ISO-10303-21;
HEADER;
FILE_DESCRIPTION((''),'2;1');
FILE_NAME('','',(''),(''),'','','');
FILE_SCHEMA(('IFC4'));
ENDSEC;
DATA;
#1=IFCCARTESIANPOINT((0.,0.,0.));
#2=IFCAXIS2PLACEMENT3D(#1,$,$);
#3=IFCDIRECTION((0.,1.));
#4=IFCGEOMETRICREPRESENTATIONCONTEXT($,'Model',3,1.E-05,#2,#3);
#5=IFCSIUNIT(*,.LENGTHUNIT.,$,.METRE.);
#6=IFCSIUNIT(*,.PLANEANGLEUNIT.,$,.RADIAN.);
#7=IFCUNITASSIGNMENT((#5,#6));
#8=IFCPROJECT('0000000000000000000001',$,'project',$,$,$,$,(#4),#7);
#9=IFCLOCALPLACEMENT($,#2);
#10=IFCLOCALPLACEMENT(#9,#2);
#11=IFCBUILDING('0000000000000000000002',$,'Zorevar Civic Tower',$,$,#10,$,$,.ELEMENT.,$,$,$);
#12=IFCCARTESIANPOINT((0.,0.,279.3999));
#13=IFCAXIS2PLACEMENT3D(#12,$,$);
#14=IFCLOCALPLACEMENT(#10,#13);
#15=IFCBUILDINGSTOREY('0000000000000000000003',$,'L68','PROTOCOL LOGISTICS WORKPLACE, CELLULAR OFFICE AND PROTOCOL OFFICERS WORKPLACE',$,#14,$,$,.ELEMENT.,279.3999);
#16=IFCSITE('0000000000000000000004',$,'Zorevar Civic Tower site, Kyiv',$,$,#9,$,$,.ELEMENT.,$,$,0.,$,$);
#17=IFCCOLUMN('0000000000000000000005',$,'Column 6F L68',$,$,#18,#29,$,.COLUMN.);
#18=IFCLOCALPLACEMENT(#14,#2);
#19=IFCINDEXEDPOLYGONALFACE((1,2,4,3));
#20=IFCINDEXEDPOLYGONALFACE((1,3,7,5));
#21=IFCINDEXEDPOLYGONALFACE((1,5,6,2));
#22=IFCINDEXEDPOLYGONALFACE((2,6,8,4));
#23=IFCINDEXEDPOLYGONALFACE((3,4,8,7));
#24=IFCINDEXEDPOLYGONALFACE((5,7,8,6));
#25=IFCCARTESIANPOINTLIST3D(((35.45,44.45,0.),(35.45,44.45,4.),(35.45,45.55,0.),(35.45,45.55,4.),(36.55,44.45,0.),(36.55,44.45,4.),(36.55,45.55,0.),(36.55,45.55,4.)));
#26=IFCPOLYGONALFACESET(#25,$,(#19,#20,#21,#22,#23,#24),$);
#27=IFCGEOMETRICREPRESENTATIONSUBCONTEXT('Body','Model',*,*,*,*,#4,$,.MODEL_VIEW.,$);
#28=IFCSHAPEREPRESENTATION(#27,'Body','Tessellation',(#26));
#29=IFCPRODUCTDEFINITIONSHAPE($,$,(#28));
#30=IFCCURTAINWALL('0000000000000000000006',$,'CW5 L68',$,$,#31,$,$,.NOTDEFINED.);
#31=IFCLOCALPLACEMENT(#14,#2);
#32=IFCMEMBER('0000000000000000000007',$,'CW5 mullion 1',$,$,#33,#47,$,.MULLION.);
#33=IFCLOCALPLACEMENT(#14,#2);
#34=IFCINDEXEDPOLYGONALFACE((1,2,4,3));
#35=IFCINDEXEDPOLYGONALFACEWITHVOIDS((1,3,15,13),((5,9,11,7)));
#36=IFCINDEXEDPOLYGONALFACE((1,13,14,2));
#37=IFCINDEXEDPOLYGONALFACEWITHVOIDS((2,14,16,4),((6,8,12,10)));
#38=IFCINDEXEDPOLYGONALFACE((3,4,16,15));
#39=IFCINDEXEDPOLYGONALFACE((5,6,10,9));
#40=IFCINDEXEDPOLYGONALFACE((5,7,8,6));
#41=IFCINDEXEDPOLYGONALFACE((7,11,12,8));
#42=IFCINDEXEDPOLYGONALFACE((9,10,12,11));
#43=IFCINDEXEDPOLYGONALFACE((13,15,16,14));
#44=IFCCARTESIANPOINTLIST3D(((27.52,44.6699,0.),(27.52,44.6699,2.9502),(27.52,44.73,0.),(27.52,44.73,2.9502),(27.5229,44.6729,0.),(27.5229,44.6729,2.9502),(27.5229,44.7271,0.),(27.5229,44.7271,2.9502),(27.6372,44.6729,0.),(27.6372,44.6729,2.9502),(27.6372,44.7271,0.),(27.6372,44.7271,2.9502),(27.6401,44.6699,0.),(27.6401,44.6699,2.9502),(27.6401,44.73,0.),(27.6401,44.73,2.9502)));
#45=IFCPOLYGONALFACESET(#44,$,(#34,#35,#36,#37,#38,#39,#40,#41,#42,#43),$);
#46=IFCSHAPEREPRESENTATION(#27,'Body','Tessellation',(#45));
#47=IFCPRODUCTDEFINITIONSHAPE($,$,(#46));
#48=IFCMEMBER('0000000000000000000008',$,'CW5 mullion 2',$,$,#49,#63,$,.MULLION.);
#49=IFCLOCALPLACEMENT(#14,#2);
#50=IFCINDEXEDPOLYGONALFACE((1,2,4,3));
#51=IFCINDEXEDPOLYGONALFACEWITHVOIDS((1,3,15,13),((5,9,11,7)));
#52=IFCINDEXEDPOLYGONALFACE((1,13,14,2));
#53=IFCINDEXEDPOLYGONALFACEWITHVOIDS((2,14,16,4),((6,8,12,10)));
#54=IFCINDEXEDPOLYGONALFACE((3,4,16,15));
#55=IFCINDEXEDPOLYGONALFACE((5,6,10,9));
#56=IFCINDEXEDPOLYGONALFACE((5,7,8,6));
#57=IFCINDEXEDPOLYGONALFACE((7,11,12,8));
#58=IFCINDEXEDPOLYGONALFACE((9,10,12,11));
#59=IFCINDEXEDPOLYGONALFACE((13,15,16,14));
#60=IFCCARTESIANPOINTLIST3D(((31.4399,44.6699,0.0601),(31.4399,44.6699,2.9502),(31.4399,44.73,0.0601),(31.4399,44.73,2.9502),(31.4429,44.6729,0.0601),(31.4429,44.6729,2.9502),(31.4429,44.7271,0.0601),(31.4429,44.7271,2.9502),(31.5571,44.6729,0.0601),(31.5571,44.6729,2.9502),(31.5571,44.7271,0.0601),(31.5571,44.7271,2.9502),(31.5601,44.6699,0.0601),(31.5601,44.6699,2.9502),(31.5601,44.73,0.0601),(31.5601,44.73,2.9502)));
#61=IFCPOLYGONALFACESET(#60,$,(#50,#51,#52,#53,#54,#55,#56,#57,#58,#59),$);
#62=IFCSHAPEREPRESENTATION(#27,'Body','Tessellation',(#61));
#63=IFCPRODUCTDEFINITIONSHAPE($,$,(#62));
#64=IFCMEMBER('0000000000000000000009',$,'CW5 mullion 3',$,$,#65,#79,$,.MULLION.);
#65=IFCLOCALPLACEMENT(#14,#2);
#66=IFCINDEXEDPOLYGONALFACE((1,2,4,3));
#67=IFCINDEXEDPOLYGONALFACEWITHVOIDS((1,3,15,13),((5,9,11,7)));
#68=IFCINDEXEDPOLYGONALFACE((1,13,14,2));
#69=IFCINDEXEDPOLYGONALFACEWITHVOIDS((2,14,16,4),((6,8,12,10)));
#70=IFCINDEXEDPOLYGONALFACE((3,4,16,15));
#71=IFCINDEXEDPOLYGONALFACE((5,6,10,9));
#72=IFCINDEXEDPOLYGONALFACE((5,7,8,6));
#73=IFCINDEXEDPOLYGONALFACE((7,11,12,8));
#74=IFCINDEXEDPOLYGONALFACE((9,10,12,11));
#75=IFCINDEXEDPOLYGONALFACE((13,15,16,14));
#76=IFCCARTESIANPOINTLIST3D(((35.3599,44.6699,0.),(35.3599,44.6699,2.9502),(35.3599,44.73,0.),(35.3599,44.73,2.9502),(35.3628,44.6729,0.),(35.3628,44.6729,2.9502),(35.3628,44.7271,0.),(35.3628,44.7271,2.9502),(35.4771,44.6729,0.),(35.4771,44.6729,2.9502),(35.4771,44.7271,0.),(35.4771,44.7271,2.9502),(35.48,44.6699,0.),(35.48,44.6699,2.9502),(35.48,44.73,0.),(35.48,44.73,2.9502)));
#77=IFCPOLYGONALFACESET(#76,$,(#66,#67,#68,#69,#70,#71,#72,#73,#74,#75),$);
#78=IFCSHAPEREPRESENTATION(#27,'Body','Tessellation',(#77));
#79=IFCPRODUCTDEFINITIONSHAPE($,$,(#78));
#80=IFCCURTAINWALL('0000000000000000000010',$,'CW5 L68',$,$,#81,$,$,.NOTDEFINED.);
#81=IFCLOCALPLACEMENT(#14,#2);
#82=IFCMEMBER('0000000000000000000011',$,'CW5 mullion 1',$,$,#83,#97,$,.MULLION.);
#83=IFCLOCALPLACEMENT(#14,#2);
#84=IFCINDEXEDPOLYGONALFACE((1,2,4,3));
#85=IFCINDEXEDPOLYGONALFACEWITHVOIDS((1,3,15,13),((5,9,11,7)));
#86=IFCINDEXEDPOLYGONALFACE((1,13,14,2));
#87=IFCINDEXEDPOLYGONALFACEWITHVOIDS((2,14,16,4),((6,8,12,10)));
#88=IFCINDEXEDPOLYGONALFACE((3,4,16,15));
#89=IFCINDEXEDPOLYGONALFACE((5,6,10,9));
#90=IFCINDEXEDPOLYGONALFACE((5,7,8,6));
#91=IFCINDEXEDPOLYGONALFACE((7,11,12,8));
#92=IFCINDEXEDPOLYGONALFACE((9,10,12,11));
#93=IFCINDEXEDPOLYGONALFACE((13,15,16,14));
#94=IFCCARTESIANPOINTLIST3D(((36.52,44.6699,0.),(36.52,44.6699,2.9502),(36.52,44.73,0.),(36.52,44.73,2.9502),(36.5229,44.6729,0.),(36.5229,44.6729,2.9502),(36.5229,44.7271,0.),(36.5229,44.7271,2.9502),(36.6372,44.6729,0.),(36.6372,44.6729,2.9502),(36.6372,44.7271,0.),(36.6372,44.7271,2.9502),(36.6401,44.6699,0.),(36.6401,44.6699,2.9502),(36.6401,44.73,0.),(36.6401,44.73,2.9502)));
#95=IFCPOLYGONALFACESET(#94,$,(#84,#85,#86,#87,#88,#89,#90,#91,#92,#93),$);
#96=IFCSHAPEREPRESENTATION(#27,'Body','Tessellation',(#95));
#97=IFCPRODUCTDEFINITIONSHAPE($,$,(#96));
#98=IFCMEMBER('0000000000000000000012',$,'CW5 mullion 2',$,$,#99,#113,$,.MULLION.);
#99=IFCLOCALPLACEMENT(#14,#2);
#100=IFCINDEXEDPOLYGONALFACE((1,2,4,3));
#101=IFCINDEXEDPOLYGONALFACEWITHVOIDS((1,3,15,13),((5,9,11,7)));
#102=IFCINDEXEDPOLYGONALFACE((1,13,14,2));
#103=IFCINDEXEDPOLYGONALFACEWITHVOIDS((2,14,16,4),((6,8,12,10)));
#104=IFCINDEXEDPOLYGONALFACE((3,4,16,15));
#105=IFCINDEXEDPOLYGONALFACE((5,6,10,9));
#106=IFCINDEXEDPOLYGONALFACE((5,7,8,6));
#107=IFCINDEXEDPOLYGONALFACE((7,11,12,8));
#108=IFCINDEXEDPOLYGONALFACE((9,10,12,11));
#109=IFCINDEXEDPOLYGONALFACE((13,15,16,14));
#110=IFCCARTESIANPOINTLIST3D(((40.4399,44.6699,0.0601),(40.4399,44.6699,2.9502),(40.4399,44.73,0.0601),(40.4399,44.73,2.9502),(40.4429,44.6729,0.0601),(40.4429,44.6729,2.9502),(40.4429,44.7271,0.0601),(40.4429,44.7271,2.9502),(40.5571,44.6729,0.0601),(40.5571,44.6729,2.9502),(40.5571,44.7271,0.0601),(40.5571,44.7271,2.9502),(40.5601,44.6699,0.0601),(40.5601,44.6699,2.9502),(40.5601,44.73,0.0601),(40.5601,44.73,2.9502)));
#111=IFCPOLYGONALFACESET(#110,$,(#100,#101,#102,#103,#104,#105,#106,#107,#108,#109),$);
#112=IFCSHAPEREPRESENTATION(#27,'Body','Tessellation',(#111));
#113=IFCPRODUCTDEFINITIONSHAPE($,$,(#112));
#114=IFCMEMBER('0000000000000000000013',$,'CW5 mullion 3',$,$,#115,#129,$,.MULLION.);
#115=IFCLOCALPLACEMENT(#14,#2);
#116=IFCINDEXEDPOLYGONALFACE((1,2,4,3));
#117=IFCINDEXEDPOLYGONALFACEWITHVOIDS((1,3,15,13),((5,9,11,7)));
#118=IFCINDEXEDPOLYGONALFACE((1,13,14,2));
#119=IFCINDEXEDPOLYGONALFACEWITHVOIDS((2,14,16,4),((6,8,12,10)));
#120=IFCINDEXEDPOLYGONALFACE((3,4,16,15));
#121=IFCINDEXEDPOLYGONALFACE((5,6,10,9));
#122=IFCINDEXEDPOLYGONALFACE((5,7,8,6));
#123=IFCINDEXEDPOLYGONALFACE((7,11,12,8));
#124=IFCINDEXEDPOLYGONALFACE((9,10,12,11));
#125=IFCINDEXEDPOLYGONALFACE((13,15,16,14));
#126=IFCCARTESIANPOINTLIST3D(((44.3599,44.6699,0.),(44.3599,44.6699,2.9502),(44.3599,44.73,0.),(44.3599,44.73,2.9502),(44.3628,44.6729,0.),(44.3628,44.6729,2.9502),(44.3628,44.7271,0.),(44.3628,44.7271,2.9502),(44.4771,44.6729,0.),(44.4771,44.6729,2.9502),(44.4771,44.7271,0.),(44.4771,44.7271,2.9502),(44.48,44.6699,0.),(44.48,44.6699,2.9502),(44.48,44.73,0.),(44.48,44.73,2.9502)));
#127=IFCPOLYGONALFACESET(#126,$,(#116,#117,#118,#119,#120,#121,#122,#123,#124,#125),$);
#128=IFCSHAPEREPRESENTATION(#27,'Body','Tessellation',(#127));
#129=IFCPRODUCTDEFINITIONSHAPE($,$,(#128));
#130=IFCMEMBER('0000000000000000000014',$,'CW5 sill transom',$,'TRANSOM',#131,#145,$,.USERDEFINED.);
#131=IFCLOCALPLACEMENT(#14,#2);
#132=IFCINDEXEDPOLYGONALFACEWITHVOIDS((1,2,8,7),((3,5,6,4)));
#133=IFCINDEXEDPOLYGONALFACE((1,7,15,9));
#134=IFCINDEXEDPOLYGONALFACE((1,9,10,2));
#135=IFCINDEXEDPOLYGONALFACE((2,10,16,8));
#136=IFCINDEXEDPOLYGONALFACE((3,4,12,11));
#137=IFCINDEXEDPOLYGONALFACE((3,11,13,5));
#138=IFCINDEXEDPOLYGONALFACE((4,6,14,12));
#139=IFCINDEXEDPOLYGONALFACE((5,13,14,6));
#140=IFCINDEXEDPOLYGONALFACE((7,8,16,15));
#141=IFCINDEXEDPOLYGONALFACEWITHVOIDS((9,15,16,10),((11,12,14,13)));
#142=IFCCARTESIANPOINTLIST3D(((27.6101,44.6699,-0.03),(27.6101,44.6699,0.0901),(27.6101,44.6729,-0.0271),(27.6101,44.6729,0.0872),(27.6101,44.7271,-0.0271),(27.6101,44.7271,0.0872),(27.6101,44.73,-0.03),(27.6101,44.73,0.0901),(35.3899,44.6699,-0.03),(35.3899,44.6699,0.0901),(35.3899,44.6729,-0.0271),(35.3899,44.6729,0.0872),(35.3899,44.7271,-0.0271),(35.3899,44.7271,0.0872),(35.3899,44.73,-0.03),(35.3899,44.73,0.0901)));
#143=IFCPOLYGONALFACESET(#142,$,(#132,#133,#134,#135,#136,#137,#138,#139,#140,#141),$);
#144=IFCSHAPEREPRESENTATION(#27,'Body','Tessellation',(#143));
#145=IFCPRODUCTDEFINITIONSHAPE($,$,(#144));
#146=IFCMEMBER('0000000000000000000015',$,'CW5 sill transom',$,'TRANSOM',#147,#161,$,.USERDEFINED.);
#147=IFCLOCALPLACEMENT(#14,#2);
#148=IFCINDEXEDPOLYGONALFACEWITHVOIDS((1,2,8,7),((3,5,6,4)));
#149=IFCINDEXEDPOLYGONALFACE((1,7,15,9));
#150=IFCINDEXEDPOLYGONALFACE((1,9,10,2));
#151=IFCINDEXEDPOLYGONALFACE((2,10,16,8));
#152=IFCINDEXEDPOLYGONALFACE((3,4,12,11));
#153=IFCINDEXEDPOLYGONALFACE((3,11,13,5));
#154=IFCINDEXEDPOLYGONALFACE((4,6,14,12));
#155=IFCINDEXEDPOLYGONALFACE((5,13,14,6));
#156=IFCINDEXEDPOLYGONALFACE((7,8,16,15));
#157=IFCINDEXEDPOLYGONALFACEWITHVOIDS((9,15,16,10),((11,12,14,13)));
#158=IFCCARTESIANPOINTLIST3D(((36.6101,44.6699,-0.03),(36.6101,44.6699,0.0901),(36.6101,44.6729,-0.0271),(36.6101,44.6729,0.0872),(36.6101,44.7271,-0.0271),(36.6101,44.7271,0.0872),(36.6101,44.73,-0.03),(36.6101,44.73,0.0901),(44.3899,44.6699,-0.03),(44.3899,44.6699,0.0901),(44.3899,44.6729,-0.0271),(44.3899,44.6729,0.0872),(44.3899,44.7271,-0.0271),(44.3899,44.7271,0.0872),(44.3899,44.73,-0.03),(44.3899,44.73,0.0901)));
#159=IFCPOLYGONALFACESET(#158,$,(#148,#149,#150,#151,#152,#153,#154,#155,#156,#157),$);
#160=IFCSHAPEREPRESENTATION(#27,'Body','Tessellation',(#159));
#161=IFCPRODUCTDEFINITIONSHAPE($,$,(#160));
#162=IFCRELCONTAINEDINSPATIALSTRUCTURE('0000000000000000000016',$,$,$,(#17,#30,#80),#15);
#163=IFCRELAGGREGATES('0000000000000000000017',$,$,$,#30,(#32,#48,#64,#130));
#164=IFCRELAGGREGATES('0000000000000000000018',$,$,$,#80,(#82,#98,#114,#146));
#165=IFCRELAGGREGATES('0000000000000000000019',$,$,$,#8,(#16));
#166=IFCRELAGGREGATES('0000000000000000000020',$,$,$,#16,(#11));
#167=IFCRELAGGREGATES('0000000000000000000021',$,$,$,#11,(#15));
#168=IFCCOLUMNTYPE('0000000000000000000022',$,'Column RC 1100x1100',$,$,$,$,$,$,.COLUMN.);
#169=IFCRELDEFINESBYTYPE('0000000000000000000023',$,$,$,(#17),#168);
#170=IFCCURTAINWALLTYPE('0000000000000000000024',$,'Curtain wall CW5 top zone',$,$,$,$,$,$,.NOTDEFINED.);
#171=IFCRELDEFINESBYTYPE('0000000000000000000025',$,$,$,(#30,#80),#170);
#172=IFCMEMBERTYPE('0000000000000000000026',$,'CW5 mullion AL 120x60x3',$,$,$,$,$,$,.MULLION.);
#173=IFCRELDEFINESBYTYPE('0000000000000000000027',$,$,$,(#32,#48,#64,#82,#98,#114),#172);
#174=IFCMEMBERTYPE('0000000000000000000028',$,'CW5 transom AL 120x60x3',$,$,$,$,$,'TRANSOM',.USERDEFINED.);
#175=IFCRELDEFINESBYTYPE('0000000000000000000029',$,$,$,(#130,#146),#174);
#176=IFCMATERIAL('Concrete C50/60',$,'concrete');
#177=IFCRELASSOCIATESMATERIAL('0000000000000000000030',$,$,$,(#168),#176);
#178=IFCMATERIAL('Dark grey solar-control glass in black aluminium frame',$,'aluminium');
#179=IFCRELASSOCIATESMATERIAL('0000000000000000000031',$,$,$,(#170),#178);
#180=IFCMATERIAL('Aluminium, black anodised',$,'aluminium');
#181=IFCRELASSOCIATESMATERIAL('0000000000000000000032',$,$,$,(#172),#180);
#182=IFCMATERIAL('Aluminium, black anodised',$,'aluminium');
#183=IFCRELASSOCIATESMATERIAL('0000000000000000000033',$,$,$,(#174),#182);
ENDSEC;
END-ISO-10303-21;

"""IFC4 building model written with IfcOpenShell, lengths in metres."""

from ifc_helpers import new_model, si_unit, direction, frame, origin, origin_2d, place, context, subcontext, project, spatial, rectangle, hollow_rectangle, extrude, material, material_profile, profile_set, type_object, element, aggregate, save


model = new_model("IFC4")

# Units and contexts
model_context = context("Model", 3, precision=1e-05, world=origin(), true_north=direction((0.0, 1.0)))
body_context = subcontext(model_context, "Body", "Model", "MODEL_VIEW")
ifc_project = project(units=[si_unit("LENGTHUNIT", "METRE"), si_unit("PLANEANGLEUNIT", "RADIAN")], contexts=[model_context])

# Site, building, storey
site_placement = place(None, origin())
site = spatial("IfcSite", under=ifc_project, at=site_placement, Name="Zorevar Civic Tower site, Kyiv", CompositionType="ELEMENT", RefElevation=0.0)
building_placement = place(site_placement, origin())
building = spatial("IfcBuilding", under=site, at=building_placement, Name="Zorevar Civic Tower", CompositionType="ELEMENT")
storey_placement = place(building_placement, frame((0.0, 0.0, 279.3999)))
storey = spatial("IfcBuildingStorey", under=building, at=storey_placement, Name="L68", Description="PROTOCOL LOGISTICS WORKPLACE, CELLULAR OFFICE AND PROTOCOL OFFICERS WORKPLACE", CompositionType="ELEMENT", Elevation=279.3999)

# Column
ifc_material_1 = material(Name="Concrete C50/60", Category="concrete")
ifc_material_profile_1 = material_profile(ifc_material_1, rectangle(XDim=1.1001, YDim=1.1001, at=origin_2d()), Name="RC 1100x1100")
ifc_profile_set_1 = profile_set([ifc_material_profile_1], Name="Concrete C50/60")
column_type = type_object("IfcColumnType", Name="Column RC 1100x1100", PredefinedType="COLUMN", material=ifc_profile_set_1)
column_placement = place(storey_placement, frame((36.0, 45.0, 0.0), z_axis=(0.0, 0.0, 1.0), x_axis=(1.0, 0.0, 0.0)))
element("IfcColumn", 1, at=column_placement, inside=storey, type_object=column_type, Name="Column 6F L68", PredefinedType="COLUMN", context=body_context, shape_type="SweptSolid", body=[
    extrude(rectangle(XDim=1.1001, YDim=1.1001, at=origin_2d()), origin(), (0.0, 0.0, 1.0), 4.0),
])

# Curtain walls, members
ifc_material_2 = material(Name="Dark grey solar-control glass in black aluminium frame", Category="aluminium")
curtain_wall_type = type_object("IfcCurtainWallType", Name="Curtain wall CW5 top zone", PredefinedType="NOTDEFINED", material=ifc_material_2)
curtain_wall_1_placement = place(storey_placement, origin())
curtain_wall_1 = element("IfcCurtainWall", 2, at=curtain_wall_1_placement, inside=storey, type_object=curtain_wall_type, Name="CW5 L68", PredefinedType="NOTDEFINED")
ifc_material_3 = material(Name="Aluminium, black anodised", Category="aluminium")
ifc_material_profile_2 = material_profile(ifc_material_3, hollow_rectangle(XDim=0.0601, YDim=0.1201, WallThickness=0.0029, at=origin_2d()), Name="AL 120x60x3")
ifc_profile_set_2 = profile_set([ifc_material_profile_2], Name="Aluminium, black anodised")
member_type_1 = type_object("IfcMemberType", Name="CW5 mullion AL 120x60x3", PredefinedType="MULLION", material=ifc_profile_set_2)
member_1_placement = place(storey_placement, frame((27.5801, 44.7, 0.0), z_axis=(0.0, 0.0, 1.0), x_axis=(0.0, 1.0, 0.0)))
member_1 = element("IfcMember", 3, at=member_1_placement, type_object=member_type_1, Name="CW5 mullion 1", PredefinedType="MULLION", context=body_context, shape_type="SweptSolid", body=[
    extrude(hollow_rectangle(XDim=0.0601, YDim=0.1201, WallThickness=0.0029, at=origin_2d()), origin(), (0.0, 0.0, 1.0), 2.9502),
])
member_2_placement = place(storey_placement, frame((31.5, 44.7, 0.0601), z_axis=(0.0, 0.0, 1.0), x_axis=(0.0, 1.0, 0.0)))
member_2 = element("IfcMember", 4, at=member_2_placement, type_object=member_type_1, Name="CW5 mullion 2", PredefinedType="MULLION", context=body_context, shape_type="SweptSolid", body=[
    extrude(hollow_rectangle(XDim=0.0601, YDim=0.1201, WallThickness=0.0029, at=origin_2d()), origin(), (0.0, 0.0, 1.0), 2.8901),
])
member_3_placement = place(storey_placement, frame((35.4199, 44.7, 0.0), z_axis=(0.0, 0.0, 1.0), x_axis=(0.0, 1.0, 0.0)))
member_3 = element("IfcMember", 5, at=member_3_placement, type_object=member_type_1, Name="CW5 mullion 3", PredefinedType="MULLION", context=body_context, shape_type="SweptSolid", body=[
    extrude(hollow_rectangle(XDim=0.0601, YDim=0.1201, WallThickness=0.0029, at=origin_2d()), origin(), (0.0, 0.0, 1.0), 2.9502),
])
curtain_wall_2_placement = place(storey_placement, origin())
curtain_wall_2 = element("IfcCurtainWall", 6, at=curtain_wall_2_placement, inside=storey, type_object=curtain_wall_type, Name="CW5 L68", PredefinedType="NOTDEFINED")
member_4_placement = place(storey_placement, frame((36.5801, 44.7, 0.0), z_axis=(0.0, 0.0, 1.0), x_axis=(0.0, 1.0, 0.0)))
member_4 = element("IfcMember", 7, at=member_4_placement, type_object=member_type_1, Name="CW5 mullion 1", PredefinedType="MULLION", context=body_context, shape_type="SweptSolid", body=[
    extrude(hollow_rectangle(XDim=0.0601, YDim=0.1201, WallThickness=0.0029, at=origin_2d()), origin(), (0.0, 0.0, 1.0), 2.9502),
])
member_5_placement = place(storey_placement, frame((40.5, 44.7, 0.0601), z_axis=(0.0, 0.0, 1.0), x_axis=(0.0, 1.0, 0.0)))
member_5 = element("IfcMember", 8, at=member_5_placement, type_object=member_type_1, Name="CW5 mullion 2", PredefinedType="MULLION", context=body_context, shape_type="SweptSolid", body=[
    extrude(hollow_rectangle(XDim=0.0601, YDim=0.1201, WallThickness=0.0029, at=origin_2d()), origin(), (0.0, 0.0, 1.0), 2.8901),
])
member_6_placement = place(storey_placement, frame((44.4199, 44.7, 0.0), z_axis=(0.0, 0.0, 1.0), x_axis=(0.0, 1.0, 0.0)))
member_6 = element("IfcMember", 9, at=member_6_placement, type_object=member_type_1, Name="CW5 mullion 3", PredefinedType="MULLION", context=body_context, shape_type="SweptSolid", body=[
    extrude(hollow_rectangle(XDim=0.0601, YDim=0.1201, WallThickness=0.0029, at=origin_2d()), origin(), (0.0, 0.0, 1.0), 2.9502),
])

# Members
ifc_material_4 = material(Name="Aluminium, black anodised", Category="aluminium")
ifc_material_profile_3 = material_profile(ifc_material_4, hollow_rectangle(XDim=0.0601, YDim=0.1201, WallThickness=0.0029, at=origin_2d()), Name="AL 120x60x3")
ifc_profile_set_3 = profile_set([ifc_material_profile_3], Name="Aluminium, black anodised")
member_type_2 = type_object("IfcMemberType", Name="CW5 transom AL 120x60x3", ElementType="TRANSOM", PredefinedType="USERDEFINED", material=ifc_profile_set_3)
member_7_placement = place(storey_placement, frame((27.6101, 44.7, 0.03), z_axis=(1.0, 0.0, 0.0), x_axis=(0.0, 1.0, 0.0)))
member_7 = element("IfcMember", 10, at=member_7_placement, type_object=member_type_2, Name="CW5 sill transom", ObjectType="TRANSOM", PredefinedType="USERDEFINED", context=body_context, shape_type="SweptSolid", body=[
    extrude(hollow_rectangle(XDim=0.0601, YDim=0.1201, WallThickness=0.0029, at=origin_2d()), origin(), (0.0, 0.0, 1.0), 7.7798),
])
member_8_placement = place(storey_placement, frame((36.6101, 44.7, 0.03), z_axis=(1.0, 0.0, 0.0), x_axis=(0.0, 1.0, 0.0)))
member_8 = element("IfcMember", 11, at=member_8_placement, type_object=member_type_2, Name="CW5 sill transom", ObjectType="TRANSOM", PredefinedType="USERDEFINED", context=body_context, shape_type="SweptSolid", body=[
    extrude(hollow_rectangle(XDim=0.0601, YDim=0.1201, WallThickness=0.0029, at=origin_2d()), origin(), (0.0, 0.0, 1.0), 7.7798),
])

aggregate(curtain_wall_1, [member_1, member_2, member_3, member_7])
aggregate(curtain_wall_2, [member_4, member_5, member_6, member_8])

save(model, "model.ifc")
